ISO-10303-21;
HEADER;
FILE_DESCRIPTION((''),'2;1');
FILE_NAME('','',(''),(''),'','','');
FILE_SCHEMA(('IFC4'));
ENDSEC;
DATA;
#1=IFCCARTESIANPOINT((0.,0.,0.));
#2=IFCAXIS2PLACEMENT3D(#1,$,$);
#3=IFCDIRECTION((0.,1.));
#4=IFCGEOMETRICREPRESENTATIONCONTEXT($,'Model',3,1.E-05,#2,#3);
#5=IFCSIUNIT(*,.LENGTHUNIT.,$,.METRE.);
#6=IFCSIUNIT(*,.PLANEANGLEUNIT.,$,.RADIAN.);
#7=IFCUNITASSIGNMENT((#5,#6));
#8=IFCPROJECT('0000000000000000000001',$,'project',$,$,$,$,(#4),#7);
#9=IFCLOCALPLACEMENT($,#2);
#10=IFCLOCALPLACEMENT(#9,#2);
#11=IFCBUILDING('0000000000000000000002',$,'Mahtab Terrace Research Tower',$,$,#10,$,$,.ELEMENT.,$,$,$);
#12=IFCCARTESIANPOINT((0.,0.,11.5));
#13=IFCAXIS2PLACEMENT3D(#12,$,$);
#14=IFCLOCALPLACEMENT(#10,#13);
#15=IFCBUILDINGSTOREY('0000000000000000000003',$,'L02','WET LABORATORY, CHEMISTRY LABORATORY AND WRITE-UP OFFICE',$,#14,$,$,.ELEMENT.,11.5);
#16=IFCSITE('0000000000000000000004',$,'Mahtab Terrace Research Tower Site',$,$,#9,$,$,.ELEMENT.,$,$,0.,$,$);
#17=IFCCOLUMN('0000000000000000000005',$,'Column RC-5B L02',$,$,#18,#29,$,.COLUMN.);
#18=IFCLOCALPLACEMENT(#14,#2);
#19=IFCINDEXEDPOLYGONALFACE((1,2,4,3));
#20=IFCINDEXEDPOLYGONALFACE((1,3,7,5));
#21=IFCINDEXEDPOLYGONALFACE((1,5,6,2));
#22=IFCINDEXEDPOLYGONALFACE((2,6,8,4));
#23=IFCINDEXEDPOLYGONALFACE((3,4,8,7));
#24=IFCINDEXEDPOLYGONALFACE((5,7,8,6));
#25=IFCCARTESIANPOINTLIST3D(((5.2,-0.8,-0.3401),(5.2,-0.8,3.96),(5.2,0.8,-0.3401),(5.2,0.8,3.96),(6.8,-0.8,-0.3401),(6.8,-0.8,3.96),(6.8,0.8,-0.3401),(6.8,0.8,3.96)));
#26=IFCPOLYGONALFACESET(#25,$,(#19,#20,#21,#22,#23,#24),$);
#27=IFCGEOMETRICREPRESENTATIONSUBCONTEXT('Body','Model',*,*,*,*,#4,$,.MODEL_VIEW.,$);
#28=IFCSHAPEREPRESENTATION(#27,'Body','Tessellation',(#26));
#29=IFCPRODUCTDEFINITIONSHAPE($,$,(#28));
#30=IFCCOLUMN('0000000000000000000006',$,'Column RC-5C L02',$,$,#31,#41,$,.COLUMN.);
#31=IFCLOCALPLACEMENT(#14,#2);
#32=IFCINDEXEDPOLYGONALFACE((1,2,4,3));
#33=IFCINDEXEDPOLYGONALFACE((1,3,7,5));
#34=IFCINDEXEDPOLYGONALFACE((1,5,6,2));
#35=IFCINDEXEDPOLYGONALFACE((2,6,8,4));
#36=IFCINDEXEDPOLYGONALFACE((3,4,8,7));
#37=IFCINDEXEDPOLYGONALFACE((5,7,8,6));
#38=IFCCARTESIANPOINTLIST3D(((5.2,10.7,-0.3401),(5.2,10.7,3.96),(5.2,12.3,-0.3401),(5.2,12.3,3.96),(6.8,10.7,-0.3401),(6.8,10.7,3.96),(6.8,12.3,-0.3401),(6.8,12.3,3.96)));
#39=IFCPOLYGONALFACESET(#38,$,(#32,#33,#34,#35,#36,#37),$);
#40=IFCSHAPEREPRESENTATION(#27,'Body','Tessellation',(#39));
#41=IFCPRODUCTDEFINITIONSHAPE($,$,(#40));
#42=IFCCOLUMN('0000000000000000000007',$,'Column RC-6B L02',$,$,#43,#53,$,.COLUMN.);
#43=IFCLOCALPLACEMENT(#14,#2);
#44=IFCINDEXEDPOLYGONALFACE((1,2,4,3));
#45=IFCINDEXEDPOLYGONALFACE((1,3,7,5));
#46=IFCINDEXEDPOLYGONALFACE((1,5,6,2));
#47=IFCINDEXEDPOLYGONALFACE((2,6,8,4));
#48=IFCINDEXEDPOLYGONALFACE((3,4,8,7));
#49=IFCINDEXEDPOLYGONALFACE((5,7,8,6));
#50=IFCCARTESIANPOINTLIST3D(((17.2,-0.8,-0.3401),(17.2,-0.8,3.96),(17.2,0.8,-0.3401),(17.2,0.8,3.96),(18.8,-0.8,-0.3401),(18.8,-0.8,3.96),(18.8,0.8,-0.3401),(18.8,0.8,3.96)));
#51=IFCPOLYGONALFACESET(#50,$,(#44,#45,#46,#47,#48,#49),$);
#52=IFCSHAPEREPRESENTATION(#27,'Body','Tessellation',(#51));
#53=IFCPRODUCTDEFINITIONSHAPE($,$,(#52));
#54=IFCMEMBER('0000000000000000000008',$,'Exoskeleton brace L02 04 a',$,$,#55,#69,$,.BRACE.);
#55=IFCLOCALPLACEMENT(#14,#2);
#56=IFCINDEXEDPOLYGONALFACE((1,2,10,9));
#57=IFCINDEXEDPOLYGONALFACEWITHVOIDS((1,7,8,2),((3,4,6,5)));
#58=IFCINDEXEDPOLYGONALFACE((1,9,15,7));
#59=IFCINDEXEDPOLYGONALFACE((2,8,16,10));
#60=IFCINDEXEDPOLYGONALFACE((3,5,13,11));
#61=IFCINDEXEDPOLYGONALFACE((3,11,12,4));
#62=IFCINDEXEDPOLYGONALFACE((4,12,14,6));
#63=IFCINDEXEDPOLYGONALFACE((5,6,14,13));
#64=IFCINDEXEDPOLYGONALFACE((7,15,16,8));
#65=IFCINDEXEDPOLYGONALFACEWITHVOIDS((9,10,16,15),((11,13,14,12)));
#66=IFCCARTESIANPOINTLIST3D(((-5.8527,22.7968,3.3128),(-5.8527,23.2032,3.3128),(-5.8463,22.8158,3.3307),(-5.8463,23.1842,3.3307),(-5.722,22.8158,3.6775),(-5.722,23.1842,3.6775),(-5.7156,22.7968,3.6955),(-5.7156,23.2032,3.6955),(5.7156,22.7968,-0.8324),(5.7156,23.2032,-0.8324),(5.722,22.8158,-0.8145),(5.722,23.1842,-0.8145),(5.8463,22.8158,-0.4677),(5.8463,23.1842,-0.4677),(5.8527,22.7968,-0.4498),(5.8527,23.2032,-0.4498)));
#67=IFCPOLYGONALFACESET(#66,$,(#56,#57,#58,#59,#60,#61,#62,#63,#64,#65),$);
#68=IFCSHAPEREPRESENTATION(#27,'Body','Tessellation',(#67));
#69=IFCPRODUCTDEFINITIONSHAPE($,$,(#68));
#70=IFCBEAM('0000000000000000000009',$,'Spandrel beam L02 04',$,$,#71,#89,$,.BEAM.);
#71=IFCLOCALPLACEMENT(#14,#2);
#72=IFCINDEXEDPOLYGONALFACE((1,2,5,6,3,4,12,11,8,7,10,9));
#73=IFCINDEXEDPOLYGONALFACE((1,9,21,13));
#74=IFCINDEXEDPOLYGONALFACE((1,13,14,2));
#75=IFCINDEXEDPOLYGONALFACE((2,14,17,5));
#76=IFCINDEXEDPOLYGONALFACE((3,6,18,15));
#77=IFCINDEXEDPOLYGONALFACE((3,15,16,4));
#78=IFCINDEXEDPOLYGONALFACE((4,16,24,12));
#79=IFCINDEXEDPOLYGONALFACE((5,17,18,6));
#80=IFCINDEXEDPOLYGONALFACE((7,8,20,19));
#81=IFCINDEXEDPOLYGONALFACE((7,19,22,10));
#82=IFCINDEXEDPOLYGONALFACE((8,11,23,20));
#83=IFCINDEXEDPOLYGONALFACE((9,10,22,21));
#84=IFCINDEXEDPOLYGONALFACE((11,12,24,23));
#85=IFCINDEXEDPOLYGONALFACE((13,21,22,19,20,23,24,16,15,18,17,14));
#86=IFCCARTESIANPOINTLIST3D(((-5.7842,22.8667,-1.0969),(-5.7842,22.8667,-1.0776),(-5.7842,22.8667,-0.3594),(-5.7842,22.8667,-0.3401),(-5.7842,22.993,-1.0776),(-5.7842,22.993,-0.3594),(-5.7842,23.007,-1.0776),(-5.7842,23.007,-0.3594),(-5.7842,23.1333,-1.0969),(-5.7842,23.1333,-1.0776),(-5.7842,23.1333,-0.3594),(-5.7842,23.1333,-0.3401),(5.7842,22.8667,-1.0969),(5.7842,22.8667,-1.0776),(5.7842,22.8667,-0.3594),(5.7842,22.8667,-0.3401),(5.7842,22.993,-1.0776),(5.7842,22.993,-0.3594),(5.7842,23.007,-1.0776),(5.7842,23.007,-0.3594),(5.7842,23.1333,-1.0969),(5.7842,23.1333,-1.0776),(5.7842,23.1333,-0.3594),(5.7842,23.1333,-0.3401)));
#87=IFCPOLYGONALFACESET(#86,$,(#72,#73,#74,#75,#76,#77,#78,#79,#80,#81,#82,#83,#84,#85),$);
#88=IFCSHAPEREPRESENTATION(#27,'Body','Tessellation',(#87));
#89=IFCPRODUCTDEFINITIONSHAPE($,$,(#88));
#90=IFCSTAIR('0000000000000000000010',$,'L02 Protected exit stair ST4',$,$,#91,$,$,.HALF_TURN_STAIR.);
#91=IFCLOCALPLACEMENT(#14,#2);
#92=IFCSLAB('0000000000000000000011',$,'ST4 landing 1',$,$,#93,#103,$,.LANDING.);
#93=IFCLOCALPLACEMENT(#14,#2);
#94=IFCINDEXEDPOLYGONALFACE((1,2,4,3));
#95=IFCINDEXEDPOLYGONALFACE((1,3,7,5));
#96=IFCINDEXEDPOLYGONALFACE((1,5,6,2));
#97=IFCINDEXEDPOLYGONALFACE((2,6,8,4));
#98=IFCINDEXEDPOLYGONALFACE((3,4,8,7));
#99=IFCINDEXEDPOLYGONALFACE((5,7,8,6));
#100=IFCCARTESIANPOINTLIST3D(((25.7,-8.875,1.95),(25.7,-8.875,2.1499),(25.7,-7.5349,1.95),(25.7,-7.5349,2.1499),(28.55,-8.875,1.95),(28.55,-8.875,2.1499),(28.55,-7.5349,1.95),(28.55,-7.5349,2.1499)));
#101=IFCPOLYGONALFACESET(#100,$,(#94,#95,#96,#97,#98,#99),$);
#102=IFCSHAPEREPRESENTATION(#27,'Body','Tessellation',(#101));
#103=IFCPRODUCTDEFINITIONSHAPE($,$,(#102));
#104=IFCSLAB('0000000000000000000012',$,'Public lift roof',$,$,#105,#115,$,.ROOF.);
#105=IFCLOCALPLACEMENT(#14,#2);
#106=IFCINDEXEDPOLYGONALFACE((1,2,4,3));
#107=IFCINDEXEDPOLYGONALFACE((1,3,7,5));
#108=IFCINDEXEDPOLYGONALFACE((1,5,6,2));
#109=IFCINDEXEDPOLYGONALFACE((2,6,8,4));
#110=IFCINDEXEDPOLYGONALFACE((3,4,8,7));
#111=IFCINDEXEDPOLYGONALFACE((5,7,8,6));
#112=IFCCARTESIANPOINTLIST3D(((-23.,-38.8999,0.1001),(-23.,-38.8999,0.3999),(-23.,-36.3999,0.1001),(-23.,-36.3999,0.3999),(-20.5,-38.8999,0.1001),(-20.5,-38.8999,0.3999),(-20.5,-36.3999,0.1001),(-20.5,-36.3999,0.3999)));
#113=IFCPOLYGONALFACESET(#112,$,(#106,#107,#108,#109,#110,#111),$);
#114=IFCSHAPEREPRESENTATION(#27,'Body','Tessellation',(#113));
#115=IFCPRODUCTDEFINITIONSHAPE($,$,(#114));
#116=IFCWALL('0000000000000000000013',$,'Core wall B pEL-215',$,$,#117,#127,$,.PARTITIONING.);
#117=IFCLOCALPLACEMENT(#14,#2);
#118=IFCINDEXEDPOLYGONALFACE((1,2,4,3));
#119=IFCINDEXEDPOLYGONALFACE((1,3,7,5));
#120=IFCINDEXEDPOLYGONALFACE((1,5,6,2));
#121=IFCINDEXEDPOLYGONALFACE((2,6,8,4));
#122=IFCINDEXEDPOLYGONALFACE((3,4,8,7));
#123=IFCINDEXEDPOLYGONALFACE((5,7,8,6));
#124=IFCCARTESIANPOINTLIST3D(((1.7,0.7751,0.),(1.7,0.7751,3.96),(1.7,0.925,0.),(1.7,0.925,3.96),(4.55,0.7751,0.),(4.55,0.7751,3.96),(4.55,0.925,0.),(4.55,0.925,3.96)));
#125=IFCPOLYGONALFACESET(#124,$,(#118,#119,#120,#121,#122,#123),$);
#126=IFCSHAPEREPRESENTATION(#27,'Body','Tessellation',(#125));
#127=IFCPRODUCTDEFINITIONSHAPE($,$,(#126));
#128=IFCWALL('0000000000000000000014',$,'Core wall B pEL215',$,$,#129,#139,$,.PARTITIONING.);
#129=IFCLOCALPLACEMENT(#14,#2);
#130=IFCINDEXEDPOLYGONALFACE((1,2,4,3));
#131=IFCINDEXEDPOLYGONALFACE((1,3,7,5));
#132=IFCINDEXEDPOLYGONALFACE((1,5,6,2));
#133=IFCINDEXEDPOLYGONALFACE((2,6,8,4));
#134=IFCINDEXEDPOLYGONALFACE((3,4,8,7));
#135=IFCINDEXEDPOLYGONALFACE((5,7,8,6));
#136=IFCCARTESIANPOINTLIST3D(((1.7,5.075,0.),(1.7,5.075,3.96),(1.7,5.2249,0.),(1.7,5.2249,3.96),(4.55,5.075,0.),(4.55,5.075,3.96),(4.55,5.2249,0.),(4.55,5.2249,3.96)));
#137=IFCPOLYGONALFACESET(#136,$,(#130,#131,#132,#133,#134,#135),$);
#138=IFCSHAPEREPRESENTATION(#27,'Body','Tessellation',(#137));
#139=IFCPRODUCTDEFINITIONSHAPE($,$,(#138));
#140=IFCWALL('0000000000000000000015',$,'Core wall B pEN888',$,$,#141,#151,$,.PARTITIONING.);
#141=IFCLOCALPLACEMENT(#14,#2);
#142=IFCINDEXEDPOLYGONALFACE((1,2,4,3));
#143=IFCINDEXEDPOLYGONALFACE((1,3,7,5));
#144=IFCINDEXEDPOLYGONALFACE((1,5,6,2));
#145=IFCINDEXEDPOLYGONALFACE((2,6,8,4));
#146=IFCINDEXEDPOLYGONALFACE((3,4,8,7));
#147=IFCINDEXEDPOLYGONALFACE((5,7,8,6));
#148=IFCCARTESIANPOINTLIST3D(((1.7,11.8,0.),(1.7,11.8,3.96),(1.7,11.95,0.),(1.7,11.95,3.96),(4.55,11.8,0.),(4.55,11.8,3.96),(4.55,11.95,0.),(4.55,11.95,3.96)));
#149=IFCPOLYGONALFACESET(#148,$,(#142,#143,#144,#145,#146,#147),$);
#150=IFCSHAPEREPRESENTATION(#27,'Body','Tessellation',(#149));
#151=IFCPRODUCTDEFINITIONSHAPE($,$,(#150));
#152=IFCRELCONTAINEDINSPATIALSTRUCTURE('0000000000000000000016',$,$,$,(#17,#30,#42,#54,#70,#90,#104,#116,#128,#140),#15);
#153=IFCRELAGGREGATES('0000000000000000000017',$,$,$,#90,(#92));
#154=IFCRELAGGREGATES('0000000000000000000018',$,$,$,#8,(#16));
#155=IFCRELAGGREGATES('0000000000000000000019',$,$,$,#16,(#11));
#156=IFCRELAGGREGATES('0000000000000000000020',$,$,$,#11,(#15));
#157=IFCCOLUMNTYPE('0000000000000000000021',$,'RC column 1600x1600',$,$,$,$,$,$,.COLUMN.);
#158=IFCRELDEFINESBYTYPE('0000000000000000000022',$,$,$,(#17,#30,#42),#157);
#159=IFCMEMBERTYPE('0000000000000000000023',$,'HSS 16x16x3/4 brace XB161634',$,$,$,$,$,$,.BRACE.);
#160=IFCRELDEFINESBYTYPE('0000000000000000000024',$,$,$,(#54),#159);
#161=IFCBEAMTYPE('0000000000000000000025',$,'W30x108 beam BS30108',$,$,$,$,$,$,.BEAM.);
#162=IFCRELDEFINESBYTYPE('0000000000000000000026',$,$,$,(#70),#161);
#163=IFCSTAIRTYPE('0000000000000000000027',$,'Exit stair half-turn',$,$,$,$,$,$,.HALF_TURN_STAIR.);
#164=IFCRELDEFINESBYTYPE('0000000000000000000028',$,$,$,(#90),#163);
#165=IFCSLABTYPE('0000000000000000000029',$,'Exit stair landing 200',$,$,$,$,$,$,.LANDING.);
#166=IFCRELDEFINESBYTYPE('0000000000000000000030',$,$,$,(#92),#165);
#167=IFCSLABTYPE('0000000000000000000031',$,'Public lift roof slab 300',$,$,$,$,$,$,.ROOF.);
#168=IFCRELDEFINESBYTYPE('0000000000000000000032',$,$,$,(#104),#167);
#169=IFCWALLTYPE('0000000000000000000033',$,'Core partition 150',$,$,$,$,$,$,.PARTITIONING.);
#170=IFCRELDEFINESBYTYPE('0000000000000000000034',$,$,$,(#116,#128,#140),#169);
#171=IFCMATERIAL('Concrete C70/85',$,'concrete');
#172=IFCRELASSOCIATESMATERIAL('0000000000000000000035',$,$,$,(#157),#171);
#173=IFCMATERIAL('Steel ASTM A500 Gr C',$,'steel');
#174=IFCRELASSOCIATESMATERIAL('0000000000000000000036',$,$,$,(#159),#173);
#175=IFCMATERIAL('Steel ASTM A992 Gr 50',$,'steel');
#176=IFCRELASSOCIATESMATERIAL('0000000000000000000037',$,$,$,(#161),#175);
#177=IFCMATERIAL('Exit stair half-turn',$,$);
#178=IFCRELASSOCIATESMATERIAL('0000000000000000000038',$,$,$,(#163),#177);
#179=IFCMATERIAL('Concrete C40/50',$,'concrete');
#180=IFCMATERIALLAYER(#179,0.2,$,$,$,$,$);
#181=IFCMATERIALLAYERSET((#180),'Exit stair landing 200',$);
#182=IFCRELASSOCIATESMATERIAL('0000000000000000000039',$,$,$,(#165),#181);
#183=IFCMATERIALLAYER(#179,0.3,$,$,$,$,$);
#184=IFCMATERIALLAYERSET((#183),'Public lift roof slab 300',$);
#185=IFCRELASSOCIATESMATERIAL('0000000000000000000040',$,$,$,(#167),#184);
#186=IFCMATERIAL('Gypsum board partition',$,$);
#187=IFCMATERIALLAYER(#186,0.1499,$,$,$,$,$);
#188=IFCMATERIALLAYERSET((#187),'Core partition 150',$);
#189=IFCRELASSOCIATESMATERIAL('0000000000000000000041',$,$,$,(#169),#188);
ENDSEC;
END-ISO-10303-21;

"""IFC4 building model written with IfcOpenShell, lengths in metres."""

from ifc_helpers import new_model, si_unit, direction, frame, frame_2d, origin, origin_2d, place, context, subcontext, project, spatial, polyline, rectangle, hollow_rectangle, i_section, outline, extrude, material, layer, layer_set, material_profile, profile_set, type_object, element, aggregate, save


model = new_model("IFC4")

# Units and contexts
model_context = context("Model", 3, precision=1e-05, world=origin(), true_north=direction((0.0, 1.0)))
body_context = subcontext(model_context, "Body", "Model", "MODEL_VIEW")
ifc_project = project(units=[si_unit("LENGTHUNIT", "METRE"), si_unit("PLANEANGLEUNIT", "RADIAN")], contexts=[model_context])

# Site, building, storey
site_placement = place(None, origin())
site = spatial("IfcSite", under=ifc_project, at=site_placement, Name="Mahtab Terrace Research Tower Site", CompositionType="ELEMENT", RefElevation=0.0)
building_placement = place(site_placement, origin())
building = spatial("IfcBuilding", under=site, at=building_placement, Name="Mahtab Terrace Research Tower", CompositionType="ELEMENT")
storey_placement = place(building_placement, frame((0.0, 0.0, 11.5)))
storey = spatial("IfcBuildingStorey", under=building, at=storey_placement, Name="L02", Description="WET LABORATORY, CHEMISTRY LABORATORY AND WRITE-UP OFFICE", CompositionType="ELEMENT", Elevation=11.5)

# Columns
ifc_material_1 = material(Name="Concrete C70/85", Category="concrete")
ifc_material_profile_1 = material_profile(ifc_material_1, rectangle(XDim=1.6001, YDim=1.6001, at=origin_2d()), Name="RC column 1600x1600")
ifc_profile_set_1 = profile_set([ifc_material_profile_1], Name="Concrete C70/85")
column_type = type_object("IfcColumnType", Name="RC column 1600x1600", PredefinedType="COLUMN", material=ifc_profile_set_1)
for number, where, z_axis, x_axis, name in (
    (1, (6.0, 0.0, -0.3401), (0.0, 0.0, 1.0), (1.0, 0.0, 0.0), "Column RC-5B L02"),
    (2, (6.0, 11.5, -0.3401), (0.0, 0.0, 1.0), (1.0, 0.0, 0.0), "Column RC-5C L02"),
    (3, (18.0, 0.0, -0.3401), (0.0, 0.0, 1.0), (1.0, 0.0, 0.0), "Column RC-6B L02"),
):
    element("IfcColumn", number, at=place(storey_placement, frame(where, z_axis=z_axis, x_axis=x_axis)), inside=storey, type_object=column_type, Name=name, PredefinedType="COLUMN", context=body_context, shape_type="SweptSolid", body=[
        extrude(rectangle(XDim=1.6001, YDim=1.6001, at=origin_2d()), origin(), (0.0, 0.0, 1.0), 4.3),
    ])

# Member
ifc_material_2 = material(Name="Steel ASTM A500 Gr C", Category="steel")
ifc_material_profile_2 = material_profile(ifc_material_2, hollow_rectangle(XDim=0.4065, YDim=0.4065, WallThickness=0.019, at=origin_2d()), Name="HSS16X16X3/4")
ifc_profile_set_2 = profile_set([ifc_material_profile_2], Name="Steel ASTM A500 Gr C")
member_type = type_object("IfcMemberType", Name="HSS 16x16x3/4 brace XB161634", PredefinedType="BRACE", material=ifc_profile_set_2)
member_placement = place(storey_placement, frame((5.7842, 23.0, -0.6411), z_axis=(-0.941388, 0.0, 0.337325), x_axis=(0.0, -1.0, 0.0)))
element("IfcMember", 4, at=member_placement, inside=storey, type_object=member_type, Name="Exoskeleton brace L02 04 a", PredefinedType="BRACE", context=body_context, shape_type="SweptSolid", body=[
    extrude(hollow_rectangle(XDim=0.4065, YDim=0.4065, WallThickness=0.019, at=origin_2d()), origin(), (0.0, 0.0, 1.0), 12.2886),
])

# Beam
ifc_material_3 = material(Name="Steel ASTM A992 Gr 50", Category="steel")
ifc_material_profile_3 = material_profile(ifc_material_3, i_section(OverallWidth=0.2666, OverallDepth=0.7568, WebThickness=0.0139, FlangeThickness=0.0193, at=origin_2d()), Name="W30X108")
ifc_profile_set_3 = profile_set([ifc_material_profile_3], Name="Steel ASTM A992 Gr 50")
beam_type = type_object("IfcBeamType", Name="W30x108 beam BS30108", PredefinedType="BEAM", material=ifc_profile_set_3)
beam_placement = place(storey_placement, frame((5.7842, 23.0, -0.7185), z_axis=(-1.0, 0.0, 0.0), x_axis=(0.0, -1.0, 0.0)))
element("IfcBeam", 5, at=beam_placement, inside=storey, type_object=beam_type, Name="Spandrel beam L02 04", PredefinedType="BEAM", context=body_context, shape_type="SweptSolid", body=[
    extrude(i_section(OverallWidth=0.2666, OverallDepth=0.7568, WebThickness=0.0139, FlangeThickness=0.0193, at=origin_2d()), origin(), (0.0, 0.0, 1.0), 11.5684),
])

# Stair, slab
ifc_material_4 = material(Name="Exit stair half-turn")
stair_type = type_object("IfcStairType", Name="Exit stair half-turn", PredefinedType="HALF_TURN_STAIR", material=ifc_material_4)
stair_placement = place(storey_placement, origin())
stair = element("IfcStair", 6, at=stair_placement, inside=storey, type_object=stair_type, Name="L02 Protected exit stair ST4", PredefinedType="HALF_TURN_STAIR")
ifc_material_5 = material(Name="Concrete C40/50", Category="concrete")
ifc_layer_1 = layer(ifc_material_5, 0.2)
ifc_layer_set_1 = layer_set([ifc_layer_1], Name="Exit stair landing 200")
slab_type_1 = type_object("IfcSlabType", Name="Exit stair landing 200", PredefinedType="LANDING", material=ifc_layer_set_1)
slab_1_placement = place(storey_placement, frame((0.0, 0.0, 1.95)))
slab_1 = element("IfcSlab", 7, at=slab_1_placement, type_object=slab_type_1, Name="ST4 landing 1", PredefinedType="LANDING", context=body_context, shape_type="SweptSolid", body=[
    extrude(outline(polyline([(25.7, -7.5349), (25.7, -8.875), (28.55, -8.875), (28.55, -7.5349), (25.7, -7.5349)])), origin(), (0.0, 0.0, 1.0), 0.2),
])
aggregate(stair, [slab_1])

# Slab
ifc_layer_2 = layer(ifc_material_5, 0.3)
ifc_layer_set_2 = layer_set([ifc_layer_2], Name="Public lift roof slab 300")
slab_type_2 = type_object("IfcSlabType", Name="Public lift roof slab 300", PredefinedType="ROOF", material=ifc_layer_set_2)
slab_2_placement = place(storey_placement, frame((0.0, 0.0, 0.1001)))
element("IfcSlab", 8, at=slab_2_placement, inside=storey, type_object=slab_type_2, Name="Public lift roof", PredefinedType="ROOF", context=body_context, shape_type="SweptSolid", body=[
    extrude(outline(polyline([(-23.0, -38.8999), (-20.5, -38.8999), (-20.5, -36.3999), (-23.0, -36.3999), (-23.0, -38.8999)])), origin(), (0.0, 0.0, 1.0), 0.2998),
])

# Walls
ifc_material_6 = material(Name="Gypsum board partition")
ifc_layer_3 = layer(ifc_material_6, 0.1499)
ifc_layer_set_3 = layer_set([ifc_layer_3], Name="Core partition 150")
wall_type_1 = type_object("IfcWallType", Name="Core partition 150", PredefinedType="PARTITIONING", material=ifc_layer_set_3)
for number, where, z_axis, x_axis, name in (
    (9, (1.7, 0.8501, 0.0), (0.0, 0.0, 1.0), (1.0, 0.0, 0.0), "Core wall B pEL-215"),
    (10, (1.7, 5.1499, 0.0), (0.0, 0.0, 1.0), (1.0, 0.0, 0.0), "Core wall B pEL215"),
    (11, (1.7, 11.875, 0.0), (0.0, 0.0, 1.0), (1.0, 0.0, 0.0), "Core wall B pEN888"),
):
    element("IfcWall", number, at=place(storey_placement, frame(where, z_axis=z_axis, x_axis=x_axis)), inside=storey, type_object=wall_type_1, Name=name, PredefinedType="PARTITIONING", context=body_context, shape_type="SweptSolid", body=[
        extrude(rectangle(XDim=2.8501, YDim=0.1499, at=frame_2d((1.425, 0.0))), origin(), (0.0, 0.0, 1.0), 3.96),
    ])

save(model, "model.ifc")
